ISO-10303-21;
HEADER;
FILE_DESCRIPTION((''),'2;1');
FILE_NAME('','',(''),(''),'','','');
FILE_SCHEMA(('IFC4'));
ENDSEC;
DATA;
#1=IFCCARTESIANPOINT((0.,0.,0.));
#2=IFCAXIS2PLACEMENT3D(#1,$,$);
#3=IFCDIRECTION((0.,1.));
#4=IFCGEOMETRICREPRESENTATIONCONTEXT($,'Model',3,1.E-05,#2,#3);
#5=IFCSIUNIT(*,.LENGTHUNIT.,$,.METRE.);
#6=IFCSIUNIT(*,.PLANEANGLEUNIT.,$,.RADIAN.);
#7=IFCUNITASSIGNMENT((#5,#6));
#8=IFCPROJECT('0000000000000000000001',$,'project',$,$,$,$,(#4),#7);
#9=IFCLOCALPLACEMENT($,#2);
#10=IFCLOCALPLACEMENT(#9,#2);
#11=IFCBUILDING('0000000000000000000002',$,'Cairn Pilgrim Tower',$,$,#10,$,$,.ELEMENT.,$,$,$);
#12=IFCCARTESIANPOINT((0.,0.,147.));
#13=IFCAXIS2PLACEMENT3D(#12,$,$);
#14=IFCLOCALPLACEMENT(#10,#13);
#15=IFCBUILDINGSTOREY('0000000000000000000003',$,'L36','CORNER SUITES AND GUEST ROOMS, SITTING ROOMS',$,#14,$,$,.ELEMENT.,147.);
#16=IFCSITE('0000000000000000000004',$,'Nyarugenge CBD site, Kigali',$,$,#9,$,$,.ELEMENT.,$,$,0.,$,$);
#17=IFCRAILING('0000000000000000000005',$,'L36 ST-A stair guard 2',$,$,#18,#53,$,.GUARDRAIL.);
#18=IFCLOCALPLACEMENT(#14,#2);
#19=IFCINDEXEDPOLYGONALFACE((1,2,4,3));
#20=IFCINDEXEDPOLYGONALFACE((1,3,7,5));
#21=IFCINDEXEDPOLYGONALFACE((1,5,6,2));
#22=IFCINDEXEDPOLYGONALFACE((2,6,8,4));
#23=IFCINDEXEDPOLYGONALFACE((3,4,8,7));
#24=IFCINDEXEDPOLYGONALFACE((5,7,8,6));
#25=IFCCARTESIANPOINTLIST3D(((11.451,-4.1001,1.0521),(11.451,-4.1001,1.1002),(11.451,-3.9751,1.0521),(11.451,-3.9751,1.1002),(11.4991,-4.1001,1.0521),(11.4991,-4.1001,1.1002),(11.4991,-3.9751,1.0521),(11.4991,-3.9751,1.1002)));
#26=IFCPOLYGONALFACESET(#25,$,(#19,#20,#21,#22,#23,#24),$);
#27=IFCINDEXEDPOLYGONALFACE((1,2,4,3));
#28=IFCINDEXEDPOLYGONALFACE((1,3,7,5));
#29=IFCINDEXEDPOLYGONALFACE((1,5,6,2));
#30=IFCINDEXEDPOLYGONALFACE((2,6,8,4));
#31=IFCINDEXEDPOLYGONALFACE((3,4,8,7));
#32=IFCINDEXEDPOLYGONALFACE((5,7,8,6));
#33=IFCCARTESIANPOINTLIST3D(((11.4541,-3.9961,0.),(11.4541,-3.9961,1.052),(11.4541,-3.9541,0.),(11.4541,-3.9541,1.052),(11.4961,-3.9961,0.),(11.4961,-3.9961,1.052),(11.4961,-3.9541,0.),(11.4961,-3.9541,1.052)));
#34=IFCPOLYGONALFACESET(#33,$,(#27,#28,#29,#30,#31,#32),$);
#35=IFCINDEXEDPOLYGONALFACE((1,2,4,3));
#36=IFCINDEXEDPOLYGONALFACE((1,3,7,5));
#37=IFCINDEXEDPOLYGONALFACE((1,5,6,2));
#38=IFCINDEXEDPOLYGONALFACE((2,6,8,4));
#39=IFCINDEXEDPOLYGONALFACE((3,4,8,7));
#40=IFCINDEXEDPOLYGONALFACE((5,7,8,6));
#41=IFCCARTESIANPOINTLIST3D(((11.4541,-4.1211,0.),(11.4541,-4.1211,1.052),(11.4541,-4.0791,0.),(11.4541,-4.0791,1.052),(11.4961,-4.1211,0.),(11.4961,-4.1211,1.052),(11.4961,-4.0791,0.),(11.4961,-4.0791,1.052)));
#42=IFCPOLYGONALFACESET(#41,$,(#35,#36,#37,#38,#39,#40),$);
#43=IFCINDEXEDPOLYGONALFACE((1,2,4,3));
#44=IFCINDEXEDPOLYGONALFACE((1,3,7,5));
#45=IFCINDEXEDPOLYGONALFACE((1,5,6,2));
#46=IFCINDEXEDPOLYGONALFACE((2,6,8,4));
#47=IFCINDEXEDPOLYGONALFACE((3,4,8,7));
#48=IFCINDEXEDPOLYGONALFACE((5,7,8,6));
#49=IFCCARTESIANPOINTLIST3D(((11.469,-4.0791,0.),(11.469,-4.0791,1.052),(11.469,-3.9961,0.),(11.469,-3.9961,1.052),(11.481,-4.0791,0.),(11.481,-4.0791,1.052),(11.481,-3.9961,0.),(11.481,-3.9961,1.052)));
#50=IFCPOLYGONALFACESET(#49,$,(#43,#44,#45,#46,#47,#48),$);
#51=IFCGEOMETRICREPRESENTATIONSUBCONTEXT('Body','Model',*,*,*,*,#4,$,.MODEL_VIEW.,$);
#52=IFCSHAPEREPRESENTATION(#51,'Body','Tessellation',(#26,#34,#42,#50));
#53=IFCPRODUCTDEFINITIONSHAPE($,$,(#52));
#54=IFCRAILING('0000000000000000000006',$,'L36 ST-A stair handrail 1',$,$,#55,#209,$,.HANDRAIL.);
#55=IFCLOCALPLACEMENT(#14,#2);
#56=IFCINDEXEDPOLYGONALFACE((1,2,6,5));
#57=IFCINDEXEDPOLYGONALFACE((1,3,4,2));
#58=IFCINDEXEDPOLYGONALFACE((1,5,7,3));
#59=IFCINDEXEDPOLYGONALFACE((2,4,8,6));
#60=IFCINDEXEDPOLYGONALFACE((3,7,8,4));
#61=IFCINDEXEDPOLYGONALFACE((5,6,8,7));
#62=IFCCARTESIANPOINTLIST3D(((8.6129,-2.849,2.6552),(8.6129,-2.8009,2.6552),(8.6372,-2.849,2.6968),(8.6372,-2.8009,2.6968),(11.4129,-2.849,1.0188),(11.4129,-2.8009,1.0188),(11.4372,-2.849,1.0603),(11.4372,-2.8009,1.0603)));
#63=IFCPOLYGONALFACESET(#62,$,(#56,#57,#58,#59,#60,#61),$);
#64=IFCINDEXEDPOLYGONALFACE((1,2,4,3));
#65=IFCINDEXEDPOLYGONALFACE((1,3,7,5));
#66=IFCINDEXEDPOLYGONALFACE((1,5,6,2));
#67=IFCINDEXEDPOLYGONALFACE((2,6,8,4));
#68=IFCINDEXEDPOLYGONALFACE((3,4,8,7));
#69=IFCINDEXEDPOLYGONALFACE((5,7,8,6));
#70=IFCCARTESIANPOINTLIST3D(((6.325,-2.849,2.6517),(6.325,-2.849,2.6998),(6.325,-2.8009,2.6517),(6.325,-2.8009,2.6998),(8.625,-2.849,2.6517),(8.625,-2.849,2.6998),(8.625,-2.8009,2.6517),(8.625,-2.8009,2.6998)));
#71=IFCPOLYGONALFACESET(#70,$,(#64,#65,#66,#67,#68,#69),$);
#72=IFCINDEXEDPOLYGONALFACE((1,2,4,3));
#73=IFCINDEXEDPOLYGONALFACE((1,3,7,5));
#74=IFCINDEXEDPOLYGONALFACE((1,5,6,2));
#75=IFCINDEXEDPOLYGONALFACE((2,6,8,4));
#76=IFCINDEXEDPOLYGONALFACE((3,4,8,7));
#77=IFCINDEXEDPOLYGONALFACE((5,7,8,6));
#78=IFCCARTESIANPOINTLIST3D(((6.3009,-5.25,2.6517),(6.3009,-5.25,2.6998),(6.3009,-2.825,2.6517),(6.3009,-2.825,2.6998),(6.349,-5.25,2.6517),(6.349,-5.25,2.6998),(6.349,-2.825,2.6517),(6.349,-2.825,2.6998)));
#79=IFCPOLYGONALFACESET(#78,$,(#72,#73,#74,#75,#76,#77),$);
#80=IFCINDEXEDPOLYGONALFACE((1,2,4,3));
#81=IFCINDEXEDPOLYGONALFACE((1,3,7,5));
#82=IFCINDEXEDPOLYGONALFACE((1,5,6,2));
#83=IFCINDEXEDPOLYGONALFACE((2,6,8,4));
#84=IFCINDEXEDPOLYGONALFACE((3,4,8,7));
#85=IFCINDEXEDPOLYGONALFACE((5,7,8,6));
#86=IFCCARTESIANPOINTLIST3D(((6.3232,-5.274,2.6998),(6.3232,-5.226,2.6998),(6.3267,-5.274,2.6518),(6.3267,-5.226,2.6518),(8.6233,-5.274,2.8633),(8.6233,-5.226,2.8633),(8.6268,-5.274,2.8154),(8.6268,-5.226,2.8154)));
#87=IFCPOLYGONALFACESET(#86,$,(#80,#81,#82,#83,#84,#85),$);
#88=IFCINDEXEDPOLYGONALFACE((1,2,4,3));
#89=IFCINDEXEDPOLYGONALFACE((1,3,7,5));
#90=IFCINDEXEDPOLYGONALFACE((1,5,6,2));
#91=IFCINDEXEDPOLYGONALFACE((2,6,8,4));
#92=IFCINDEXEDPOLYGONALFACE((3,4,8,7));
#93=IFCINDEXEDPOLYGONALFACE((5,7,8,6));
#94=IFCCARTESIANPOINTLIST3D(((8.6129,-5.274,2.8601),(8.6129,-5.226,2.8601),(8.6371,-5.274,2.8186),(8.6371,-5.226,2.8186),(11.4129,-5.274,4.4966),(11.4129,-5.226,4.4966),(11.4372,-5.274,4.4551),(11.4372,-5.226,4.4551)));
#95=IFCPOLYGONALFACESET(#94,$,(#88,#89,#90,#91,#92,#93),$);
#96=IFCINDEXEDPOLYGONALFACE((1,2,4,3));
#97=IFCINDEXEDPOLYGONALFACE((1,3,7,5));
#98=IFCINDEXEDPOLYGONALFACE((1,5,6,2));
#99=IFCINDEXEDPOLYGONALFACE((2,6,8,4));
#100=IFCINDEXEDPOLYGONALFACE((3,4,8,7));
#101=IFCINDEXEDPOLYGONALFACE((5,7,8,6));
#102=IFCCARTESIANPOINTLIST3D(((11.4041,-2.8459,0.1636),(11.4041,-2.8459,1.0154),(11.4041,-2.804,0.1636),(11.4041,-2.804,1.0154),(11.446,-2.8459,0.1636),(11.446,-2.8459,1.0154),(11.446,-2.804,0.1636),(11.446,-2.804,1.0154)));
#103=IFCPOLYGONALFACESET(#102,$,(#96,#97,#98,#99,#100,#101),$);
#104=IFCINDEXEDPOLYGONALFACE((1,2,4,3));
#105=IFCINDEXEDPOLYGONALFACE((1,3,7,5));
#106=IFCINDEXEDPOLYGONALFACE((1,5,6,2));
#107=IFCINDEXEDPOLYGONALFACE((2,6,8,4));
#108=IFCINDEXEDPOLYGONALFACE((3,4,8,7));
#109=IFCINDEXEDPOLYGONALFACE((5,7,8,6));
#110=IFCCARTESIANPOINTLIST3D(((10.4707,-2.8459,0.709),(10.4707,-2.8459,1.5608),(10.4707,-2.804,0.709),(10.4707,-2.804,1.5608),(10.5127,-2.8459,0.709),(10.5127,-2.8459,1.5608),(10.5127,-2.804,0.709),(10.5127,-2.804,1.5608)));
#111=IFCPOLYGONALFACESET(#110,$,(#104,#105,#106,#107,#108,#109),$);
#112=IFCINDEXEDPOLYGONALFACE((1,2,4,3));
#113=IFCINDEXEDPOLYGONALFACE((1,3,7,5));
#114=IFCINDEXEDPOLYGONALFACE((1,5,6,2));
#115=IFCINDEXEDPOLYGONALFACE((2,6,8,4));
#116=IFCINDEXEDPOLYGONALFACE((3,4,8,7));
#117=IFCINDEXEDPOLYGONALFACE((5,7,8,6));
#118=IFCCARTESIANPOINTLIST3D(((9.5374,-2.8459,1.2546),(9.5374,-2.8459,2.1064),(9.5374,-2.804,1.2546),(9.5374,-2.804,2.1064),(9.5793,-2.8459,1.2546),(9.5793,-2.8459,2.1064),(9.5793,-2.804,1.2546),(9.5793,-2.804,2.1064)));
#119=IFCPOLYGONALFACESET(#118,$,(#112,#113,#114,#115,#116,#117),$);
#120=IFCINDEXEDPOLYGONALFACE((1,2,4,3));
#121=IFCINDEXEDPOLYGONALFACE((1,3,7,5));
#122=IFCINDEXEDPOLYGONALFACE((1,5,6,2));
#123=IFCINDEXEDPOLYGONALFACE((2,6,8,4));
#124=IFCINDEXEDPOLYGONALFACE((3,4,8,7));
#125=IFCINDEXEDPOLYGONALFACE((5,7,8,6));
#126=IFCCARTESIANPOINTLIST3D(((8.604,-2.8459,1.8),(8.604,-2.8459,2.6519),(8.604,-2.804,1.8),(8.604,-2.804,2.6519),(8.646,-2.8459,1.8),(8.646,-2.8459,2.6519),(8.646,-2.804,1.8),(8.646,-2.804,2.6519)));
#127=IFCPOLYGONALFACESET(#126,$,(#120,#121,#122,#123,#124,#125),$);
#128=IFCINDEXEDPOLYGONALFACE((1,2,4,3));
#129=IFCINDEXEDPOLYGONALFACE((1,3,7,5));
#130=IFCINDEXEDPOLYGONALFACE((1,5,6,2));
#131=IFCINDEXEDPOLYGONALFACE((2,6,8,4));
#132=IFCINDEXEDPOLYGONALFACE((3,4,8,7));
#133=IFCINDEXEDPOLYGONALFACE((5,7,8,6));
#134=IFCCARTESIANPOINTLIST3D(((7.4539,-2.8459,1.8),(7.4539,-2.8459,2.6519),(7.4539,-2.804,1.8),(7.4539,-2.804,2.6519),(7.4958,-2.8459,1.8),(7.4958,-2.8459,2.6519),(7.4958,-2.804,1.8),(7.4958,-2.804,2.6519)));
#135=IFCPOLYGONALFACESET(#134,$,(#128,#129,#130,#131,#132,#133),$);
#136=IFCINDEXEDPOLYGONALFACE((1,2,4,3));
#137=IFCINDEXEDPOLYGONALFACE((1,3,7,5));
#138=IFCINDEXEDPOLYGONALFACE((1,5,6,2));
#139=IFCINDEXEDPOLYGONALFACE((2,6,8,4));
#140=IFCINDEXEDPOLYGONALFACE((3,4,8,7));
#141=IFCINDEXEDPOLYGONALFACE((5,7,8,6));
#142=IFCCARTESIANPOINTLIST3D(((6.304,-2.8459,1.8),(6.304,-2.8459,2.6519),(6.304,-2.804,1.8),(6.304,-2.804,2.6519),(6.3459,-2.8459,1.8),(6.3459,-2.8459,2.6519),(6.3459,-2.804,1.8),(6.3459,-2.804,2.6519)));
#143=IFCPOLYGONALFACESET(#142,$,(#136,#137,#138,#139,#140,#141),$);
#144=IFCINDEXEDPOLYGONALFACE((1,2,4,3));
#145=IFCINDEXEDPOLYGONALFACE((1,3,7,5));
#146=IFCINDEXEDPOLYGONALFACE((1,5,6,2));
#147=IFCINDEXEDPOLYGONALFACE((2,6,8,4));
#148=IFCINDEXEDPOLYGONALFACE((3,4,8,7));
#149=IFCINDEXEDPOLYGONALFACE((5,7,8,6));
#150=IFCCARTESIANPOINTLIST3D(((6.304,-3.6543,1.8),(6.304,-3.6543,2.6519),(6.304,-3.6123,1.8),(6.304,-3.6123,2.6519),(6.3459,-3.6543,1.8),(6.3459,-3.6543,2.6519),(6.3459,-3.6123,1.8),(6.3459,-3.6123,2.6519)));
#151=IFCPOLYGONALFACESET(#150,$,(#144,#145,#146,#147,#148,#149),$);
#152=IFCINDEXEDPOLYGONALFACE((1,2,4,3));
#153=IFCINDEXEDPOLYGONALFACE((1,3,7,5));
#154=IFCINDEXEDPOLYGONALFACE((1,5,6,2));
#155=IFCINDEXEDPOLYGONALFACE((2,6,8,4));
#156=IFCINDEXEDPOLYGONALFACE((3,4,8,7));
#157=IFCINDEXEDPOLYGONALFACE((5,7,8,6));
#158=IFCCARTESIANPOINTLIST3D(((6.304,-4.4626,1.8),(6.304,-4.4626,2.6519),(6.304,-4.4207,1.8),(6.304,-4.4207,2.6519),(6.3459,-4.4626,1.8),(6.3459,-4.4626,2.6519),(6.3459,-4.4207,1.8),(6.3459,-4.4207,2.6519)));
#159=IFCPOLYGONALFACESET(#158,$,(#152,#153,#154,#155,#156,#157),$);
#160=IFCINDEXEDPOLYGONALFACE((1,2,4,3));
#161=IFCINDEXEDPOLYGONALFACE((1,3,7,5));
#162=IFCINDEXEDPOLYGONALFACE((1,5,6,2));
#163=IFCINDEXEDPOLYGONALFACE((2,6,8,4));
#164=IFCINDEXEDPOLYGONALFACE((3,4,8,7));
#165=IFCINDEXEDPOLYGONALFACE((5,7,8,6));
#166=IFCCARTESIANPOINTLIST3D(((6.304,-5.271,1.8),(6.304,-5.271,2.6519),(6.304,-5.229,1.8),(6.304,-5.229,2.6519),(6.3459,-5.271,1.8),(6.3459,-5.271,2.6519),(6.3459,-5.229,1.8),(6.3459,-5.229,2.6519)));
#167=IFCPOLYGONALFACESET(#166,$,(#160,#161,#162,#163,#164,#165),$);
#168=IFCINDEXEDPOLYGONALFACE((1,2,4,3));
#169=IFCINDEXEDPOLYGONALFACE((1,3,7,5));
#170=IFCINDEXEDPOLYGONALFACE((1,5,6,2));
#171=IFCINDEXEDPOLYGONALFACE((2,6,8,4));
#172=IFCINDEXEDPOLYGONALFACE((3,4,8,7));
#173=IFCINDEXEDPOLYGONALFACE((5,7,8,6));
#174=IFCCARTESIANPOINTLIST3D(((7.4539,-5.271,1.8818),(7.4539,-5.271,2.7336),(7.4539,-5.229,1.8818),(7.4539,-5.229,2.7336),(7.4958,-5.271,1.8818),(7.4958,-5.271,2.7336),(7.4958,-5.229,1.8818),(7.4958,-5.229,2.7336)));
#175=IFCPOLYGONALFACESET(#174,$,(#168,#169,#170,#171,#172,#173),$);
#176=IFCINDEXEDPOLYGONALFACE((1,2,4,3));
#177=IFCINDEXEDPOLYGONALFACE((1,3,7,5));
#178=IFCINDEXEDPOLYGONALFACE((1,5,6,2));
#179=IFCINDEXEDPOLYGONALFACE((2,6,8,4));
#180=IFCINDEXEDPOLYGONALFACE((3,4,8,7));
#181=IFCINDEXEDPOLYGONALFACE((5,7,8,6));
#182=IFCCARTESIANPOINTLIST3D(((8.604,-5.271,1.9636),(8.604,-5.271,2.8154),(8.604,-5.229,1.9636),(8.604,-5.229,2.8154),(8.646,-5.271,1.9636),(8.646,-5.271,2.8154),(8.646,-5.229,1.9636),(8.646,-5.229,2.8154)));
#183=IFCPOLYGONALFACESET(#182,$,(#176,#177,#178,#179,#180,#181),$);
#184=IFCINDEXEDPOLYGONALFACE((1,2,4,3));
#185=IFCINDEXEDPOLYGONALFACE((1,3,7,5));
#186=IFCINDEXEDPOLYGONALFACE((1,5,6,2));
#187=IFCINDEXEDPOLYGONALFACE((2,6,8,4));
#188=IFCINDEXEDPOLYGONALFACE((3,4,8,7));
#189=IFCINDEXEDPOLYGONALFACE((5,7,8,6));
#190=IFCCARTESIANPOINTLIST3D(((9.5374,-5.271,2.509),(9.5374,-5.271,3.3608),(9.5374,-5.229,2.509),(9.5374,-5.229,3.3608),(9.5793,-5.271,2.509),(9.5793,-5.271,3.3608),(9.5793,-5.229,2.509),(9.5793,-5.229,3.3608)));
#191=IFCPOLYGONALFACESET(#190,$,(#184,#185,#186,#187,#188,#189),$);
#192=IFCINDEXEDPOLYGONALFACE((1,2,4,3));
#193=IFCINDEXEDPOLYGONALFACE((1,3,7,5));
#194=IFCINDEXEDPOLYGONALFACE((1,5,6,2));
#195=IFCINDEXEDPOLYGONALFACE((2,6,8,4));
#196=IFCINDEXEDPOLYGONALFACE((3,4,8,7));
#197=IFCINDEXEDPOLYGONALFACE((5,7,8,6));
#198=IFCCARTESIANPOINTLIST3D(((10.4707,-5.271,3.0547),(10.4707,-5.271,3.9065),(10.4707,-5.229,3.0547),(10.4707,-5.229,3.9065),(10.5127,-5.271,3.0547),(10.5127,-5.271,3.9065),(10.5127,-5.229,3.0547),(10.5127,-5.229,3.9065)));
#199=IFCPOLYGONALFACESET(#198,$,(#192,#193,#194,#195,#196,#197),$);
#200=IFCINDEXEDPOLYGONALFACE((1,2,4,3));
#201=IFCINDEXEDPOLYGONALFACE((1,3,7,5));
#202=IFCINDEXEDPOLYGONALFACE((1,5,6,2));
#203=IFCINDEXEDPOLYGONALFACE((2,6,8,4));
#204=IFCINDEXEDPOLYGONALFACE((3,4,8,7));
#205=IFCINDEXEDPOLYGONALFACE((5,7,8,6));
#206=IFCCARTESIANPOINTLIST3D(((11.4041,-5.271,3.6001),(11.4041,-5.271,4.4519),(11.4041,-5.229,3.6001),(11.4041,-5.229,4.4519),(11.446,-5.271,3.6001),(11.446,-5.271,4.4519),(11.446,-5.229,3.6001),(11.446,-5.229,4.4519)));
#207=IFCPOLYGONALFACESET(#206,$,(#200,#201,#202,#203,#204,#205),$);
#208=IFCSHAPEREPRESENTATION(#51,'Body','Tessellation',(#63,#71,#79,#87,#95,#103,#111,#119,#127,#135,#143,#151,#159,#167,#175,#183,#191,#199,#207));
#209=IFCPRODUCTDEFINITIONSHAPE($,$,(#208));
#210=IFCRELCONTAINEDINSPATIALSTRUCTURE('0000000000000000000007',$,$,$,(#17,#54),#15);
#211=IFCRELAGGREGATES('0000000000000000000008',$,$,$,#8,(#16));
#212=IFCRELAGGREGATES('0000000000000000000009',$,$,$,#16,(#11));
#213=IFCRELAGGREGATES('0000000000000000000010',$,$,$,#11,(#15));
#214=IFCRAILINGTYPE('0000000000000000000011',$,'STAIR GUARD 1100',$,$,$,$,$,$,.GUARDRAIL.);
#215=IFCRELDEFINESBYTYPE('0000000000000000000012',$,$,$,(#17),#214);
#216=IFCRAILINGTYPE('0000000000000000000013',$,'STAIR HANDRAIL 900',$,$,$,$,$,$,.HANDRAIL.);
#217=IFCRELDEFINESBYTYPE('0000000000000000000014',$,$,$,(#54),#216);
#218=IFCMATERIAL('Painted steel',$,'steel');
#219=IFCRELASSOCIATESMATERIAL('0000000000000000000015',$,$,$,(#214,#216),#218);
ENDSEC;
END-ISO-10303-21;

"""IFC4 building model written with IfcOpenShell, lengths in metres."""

from ifc_helpers import new_model, si_unit, direction, frame, origin, origin_2d, place, context, subcontext, project, spatial, polyline, rectangle, outline, extrude, material, type_object, element, save


model = new_model("IFC4")

# Units and contexts
model_context = context("Model", 3, precision=1e-05, world=origin(), true_north=direction((0.0, 1.0)))
body_context = subcontext(model_context, "Body", "Model", "MODEL_VIEW")
ifc_project = project(units=[si_unit("LENGTHUNIT", "METRE"), si_unit("PLANEANGLEUNIT", "RADIAN")], contexts=[model_context])

# Site, building, storey
site_placement = place(None, origin())
site = spatial("IfcSite", under=ifc_project, at=site_placement, Name="Nyarugenge CBD site, Kigali", CompositionType="ELEMENT", RefElevation=0.0)
building_placement = place(site_placement, origin())
building = spatial("IfcBuilding", under=site, at=building_placement, Name="Cairn Pilgrim Tower", CompositionType="ELEMENT")
storey_placement = place(building_placement, frame((0.0, 0.0, 147.0)))
storey = spatial("IfcBuildingStorey", under=building, at=storey_placement, Name="L36", Description="CORNER SUITES AND GUEST ROOMS, SITTING ROOMS", CompositionType="ELEMENT", Elevation=147.0)

# Shared definitions
ifc_material_1 = material(Name="Painted steel", Category="steel")

# Railings
railing_type_1 = type_object("IfcRailingType", Name="STAIR GUARD 1100", PredefinedType="GUARDRAIL", material=ifc_material_1)
railing_1_placement = place(storey_placement, frame((11.4751, -3.9751, 0.0)))
element("IfcRailing", 1, at=railing_1_placement, inside=storey, type_object=railing_type_1, Name="L36 ST-A stair guard 2", PredefinedType="GUARDRAIL", context=body_context, shape_type="SweptSolid", body=[
    extrude(rectangle(XDim=0.0481, YDim=0.0481, at=origin_2d()), frame((0.0, 0.0, 1.0762), z_axis=(0.0, -1.0, 0.0), x_axis=(1.0, 0.0, 0.0)), (0.0, 0.0, 1.0), 0.125),
    extrude(rectangle(XDim=0.042, YDim=0.042, at=origin_2d()), origin(), (0.0, 0.0, 1.0), 1.052),
    extrude(rectangle(XDim=0.042, YDim=0.042, at=origin_2d()), frame((0.0, -0.125, 0.0)), (0.0, 0.0, 1.0), 1.052),
    extrude(outline(polyline([(0.021, 0.0), (0.104, 0.0), (0.104, 1.052), (0.021, 1.052), (0.021, 0.0)])), frame((0.0059, 0.0, 0.0), z_axis=(-1.0, 0.0, 0.0), x_axis=(0.0, -1.0, 0.0)), (0.0, 0.0, 1.0), 0.012),
])
railing_type_2 = type_object("IfcRailingType", Name="STAIR HANDRAIL 900", PredefinedType="HANDRAIL", material=ifc_material_1)
railing_2_placement = place(storey_placement, frame((11.425, -2.825, 0.1636)))
element("IfcRailing", 2, at=railing_2_placement, inside=storey, type_object=railing_type_2, Name="L36 ST-A stair handrail 1", PredefinedType="HANDRAIL", context=body_context, shape_type="SweptSolid", body=[
    extrude(rectangle(XDim=0.0481, YDim=0.0481, at=origin_2d()), frame((0.0, 0.0, 0.876), z_axis=(-0.863361, 0.0, 0.504587), x_axis=(0.0, -1.0, 0.0)), (0.0, 0.0, 1.0), 3.2432),
    extrude(rectangle(XDim=0.0481, YDim=0.0481, at=origin_2d()), frame((-2.8, 0.0, 2.5122), z_axis=(-1.0, 0.0, 0.0), x_axis=(0.0, -1.0, 0.0)), (0.0, 0.0, 1.0), 2.3),
    extrude(rectangle(XDim=0.0481, YDim=0.0481, at=origin_2d()), frame((-5.1001, 0.0, 2.5122), z_axis=(0.0, -1.0, 0.0), x_axis=(1.0, 0.0, 0.0)), (0.0, 0.0, 1.0), 2.425),
    extrude(rectangle(XDim=0.0481, YDim=0.0481, at=origin_2d()), frame((-5.1001, -2.425, 2.5122), z_axis=(0.997481, 0.0, 0.070939), x_axis=(0.0, 1.0, 0.0)), (0.0, 0.0, 1.0), 2.3059),
    extrude(rectangle(XDim=0.0481, YDim=0.0481, at=origin_2d()), frame((-2.8, -2.425, 2.6758), z_axis=(0.863361, 0.0, 0.504587), x_axis=(0.0, 1.0, 0.0)), (0.0, 0.0, 1.0), 3.2432),
    extrude(rectangle(XDim=0.042, YDim=0.042, at=origin_2d()), origin(), (0.0, 0.0, 1.0), 0.8518),
    extrude(rectangle(XDim=0.042, YDim=0.042, at=origin_2d()), frame((-0.9333, 0.0, 0.5454)), (0.0, 0.0, 1.0), 0.8518),
    extrude(rectangle(XDim=0.042, YDim=0.042, at=origin_2d()), frame((-1.8667, 0.0, 1.0911)), (0.0, 0.0, 1.0), 0.8518),
    extrude(rectangle(XDim=0.042, YDim=0.042, at=origin_2d()), frame((-2.8, 0.0, 1.6365)), (0.0, 0.0, 1.0), 0.8518),
    extrude(rectangle(XDim=0.042, YDim=0.042, at=origin_2d()), frame((-3.9502, 0.0, 1.6365)), (0.0, 0.0, 1.0), 0.8518),
    extrude(rectangle(XDim=0.042, YDim=0.042, at=origin_2d()), frame((-5.1001, 0.0, 1.6365)), (0.0, 0.0, 1.0), 0.8518),
    extrude(rectangle(XDim=0.042, YDim=0.042, at=origin_2d()), frame((-5.1001, -0.8083, 1.6365)), (0.0, 0.0, 1.0), 0.8518),
    extrude(rectangle(XDim=0.042, YDim=0.042, at=origin_2d()), frame((-5.1001, -1.6167, 1.6365)), (0.0, 0.0, 1.0), 0.8518),
    extrude(rectangle(XDim=0.042, YDim=0.042, at=origin_2d()), frame((-5.1001, -2.425, 1.6365)), (0.0, 0.0, 1.0), 0.8518),
    extrude(rectangle(XDim=0.042, YDim=0.042, at=origin_2d()), frame((-3.9502, -2.425, 1.7183)), (0.0, 0.0, 1.0), 0.8518),
    extrude(rectangle(XDim=0.042, YDim=0.042, at=origin_2d()), frame((-2.8, -2.425, 1.8)), (0.0, 0.0, 1.0), 0.8518),
    extrude(rectangle(XDim=0.042, YDim=0.042, at=origin_2d()), frame((-1.8667, -2.425, 2.3455)), (0.0, 0.0, 1.0), 0.8518),
    extrude(rectangle(XDim=0.042, YDim=0.042, at=origin_2d()), frame((-0.9333, -2.425, 2.8911)), (0.0, 0.0, 1.0), 0.8518),
    extrude(rectangle(XDim=0.042, YDim=0.042, at=origin_2d()), frame((0.0, -2.425, 3.4365)), (0.0, 0.0, 1.0), 0.8518),
])

save(model, "model.ifc")
